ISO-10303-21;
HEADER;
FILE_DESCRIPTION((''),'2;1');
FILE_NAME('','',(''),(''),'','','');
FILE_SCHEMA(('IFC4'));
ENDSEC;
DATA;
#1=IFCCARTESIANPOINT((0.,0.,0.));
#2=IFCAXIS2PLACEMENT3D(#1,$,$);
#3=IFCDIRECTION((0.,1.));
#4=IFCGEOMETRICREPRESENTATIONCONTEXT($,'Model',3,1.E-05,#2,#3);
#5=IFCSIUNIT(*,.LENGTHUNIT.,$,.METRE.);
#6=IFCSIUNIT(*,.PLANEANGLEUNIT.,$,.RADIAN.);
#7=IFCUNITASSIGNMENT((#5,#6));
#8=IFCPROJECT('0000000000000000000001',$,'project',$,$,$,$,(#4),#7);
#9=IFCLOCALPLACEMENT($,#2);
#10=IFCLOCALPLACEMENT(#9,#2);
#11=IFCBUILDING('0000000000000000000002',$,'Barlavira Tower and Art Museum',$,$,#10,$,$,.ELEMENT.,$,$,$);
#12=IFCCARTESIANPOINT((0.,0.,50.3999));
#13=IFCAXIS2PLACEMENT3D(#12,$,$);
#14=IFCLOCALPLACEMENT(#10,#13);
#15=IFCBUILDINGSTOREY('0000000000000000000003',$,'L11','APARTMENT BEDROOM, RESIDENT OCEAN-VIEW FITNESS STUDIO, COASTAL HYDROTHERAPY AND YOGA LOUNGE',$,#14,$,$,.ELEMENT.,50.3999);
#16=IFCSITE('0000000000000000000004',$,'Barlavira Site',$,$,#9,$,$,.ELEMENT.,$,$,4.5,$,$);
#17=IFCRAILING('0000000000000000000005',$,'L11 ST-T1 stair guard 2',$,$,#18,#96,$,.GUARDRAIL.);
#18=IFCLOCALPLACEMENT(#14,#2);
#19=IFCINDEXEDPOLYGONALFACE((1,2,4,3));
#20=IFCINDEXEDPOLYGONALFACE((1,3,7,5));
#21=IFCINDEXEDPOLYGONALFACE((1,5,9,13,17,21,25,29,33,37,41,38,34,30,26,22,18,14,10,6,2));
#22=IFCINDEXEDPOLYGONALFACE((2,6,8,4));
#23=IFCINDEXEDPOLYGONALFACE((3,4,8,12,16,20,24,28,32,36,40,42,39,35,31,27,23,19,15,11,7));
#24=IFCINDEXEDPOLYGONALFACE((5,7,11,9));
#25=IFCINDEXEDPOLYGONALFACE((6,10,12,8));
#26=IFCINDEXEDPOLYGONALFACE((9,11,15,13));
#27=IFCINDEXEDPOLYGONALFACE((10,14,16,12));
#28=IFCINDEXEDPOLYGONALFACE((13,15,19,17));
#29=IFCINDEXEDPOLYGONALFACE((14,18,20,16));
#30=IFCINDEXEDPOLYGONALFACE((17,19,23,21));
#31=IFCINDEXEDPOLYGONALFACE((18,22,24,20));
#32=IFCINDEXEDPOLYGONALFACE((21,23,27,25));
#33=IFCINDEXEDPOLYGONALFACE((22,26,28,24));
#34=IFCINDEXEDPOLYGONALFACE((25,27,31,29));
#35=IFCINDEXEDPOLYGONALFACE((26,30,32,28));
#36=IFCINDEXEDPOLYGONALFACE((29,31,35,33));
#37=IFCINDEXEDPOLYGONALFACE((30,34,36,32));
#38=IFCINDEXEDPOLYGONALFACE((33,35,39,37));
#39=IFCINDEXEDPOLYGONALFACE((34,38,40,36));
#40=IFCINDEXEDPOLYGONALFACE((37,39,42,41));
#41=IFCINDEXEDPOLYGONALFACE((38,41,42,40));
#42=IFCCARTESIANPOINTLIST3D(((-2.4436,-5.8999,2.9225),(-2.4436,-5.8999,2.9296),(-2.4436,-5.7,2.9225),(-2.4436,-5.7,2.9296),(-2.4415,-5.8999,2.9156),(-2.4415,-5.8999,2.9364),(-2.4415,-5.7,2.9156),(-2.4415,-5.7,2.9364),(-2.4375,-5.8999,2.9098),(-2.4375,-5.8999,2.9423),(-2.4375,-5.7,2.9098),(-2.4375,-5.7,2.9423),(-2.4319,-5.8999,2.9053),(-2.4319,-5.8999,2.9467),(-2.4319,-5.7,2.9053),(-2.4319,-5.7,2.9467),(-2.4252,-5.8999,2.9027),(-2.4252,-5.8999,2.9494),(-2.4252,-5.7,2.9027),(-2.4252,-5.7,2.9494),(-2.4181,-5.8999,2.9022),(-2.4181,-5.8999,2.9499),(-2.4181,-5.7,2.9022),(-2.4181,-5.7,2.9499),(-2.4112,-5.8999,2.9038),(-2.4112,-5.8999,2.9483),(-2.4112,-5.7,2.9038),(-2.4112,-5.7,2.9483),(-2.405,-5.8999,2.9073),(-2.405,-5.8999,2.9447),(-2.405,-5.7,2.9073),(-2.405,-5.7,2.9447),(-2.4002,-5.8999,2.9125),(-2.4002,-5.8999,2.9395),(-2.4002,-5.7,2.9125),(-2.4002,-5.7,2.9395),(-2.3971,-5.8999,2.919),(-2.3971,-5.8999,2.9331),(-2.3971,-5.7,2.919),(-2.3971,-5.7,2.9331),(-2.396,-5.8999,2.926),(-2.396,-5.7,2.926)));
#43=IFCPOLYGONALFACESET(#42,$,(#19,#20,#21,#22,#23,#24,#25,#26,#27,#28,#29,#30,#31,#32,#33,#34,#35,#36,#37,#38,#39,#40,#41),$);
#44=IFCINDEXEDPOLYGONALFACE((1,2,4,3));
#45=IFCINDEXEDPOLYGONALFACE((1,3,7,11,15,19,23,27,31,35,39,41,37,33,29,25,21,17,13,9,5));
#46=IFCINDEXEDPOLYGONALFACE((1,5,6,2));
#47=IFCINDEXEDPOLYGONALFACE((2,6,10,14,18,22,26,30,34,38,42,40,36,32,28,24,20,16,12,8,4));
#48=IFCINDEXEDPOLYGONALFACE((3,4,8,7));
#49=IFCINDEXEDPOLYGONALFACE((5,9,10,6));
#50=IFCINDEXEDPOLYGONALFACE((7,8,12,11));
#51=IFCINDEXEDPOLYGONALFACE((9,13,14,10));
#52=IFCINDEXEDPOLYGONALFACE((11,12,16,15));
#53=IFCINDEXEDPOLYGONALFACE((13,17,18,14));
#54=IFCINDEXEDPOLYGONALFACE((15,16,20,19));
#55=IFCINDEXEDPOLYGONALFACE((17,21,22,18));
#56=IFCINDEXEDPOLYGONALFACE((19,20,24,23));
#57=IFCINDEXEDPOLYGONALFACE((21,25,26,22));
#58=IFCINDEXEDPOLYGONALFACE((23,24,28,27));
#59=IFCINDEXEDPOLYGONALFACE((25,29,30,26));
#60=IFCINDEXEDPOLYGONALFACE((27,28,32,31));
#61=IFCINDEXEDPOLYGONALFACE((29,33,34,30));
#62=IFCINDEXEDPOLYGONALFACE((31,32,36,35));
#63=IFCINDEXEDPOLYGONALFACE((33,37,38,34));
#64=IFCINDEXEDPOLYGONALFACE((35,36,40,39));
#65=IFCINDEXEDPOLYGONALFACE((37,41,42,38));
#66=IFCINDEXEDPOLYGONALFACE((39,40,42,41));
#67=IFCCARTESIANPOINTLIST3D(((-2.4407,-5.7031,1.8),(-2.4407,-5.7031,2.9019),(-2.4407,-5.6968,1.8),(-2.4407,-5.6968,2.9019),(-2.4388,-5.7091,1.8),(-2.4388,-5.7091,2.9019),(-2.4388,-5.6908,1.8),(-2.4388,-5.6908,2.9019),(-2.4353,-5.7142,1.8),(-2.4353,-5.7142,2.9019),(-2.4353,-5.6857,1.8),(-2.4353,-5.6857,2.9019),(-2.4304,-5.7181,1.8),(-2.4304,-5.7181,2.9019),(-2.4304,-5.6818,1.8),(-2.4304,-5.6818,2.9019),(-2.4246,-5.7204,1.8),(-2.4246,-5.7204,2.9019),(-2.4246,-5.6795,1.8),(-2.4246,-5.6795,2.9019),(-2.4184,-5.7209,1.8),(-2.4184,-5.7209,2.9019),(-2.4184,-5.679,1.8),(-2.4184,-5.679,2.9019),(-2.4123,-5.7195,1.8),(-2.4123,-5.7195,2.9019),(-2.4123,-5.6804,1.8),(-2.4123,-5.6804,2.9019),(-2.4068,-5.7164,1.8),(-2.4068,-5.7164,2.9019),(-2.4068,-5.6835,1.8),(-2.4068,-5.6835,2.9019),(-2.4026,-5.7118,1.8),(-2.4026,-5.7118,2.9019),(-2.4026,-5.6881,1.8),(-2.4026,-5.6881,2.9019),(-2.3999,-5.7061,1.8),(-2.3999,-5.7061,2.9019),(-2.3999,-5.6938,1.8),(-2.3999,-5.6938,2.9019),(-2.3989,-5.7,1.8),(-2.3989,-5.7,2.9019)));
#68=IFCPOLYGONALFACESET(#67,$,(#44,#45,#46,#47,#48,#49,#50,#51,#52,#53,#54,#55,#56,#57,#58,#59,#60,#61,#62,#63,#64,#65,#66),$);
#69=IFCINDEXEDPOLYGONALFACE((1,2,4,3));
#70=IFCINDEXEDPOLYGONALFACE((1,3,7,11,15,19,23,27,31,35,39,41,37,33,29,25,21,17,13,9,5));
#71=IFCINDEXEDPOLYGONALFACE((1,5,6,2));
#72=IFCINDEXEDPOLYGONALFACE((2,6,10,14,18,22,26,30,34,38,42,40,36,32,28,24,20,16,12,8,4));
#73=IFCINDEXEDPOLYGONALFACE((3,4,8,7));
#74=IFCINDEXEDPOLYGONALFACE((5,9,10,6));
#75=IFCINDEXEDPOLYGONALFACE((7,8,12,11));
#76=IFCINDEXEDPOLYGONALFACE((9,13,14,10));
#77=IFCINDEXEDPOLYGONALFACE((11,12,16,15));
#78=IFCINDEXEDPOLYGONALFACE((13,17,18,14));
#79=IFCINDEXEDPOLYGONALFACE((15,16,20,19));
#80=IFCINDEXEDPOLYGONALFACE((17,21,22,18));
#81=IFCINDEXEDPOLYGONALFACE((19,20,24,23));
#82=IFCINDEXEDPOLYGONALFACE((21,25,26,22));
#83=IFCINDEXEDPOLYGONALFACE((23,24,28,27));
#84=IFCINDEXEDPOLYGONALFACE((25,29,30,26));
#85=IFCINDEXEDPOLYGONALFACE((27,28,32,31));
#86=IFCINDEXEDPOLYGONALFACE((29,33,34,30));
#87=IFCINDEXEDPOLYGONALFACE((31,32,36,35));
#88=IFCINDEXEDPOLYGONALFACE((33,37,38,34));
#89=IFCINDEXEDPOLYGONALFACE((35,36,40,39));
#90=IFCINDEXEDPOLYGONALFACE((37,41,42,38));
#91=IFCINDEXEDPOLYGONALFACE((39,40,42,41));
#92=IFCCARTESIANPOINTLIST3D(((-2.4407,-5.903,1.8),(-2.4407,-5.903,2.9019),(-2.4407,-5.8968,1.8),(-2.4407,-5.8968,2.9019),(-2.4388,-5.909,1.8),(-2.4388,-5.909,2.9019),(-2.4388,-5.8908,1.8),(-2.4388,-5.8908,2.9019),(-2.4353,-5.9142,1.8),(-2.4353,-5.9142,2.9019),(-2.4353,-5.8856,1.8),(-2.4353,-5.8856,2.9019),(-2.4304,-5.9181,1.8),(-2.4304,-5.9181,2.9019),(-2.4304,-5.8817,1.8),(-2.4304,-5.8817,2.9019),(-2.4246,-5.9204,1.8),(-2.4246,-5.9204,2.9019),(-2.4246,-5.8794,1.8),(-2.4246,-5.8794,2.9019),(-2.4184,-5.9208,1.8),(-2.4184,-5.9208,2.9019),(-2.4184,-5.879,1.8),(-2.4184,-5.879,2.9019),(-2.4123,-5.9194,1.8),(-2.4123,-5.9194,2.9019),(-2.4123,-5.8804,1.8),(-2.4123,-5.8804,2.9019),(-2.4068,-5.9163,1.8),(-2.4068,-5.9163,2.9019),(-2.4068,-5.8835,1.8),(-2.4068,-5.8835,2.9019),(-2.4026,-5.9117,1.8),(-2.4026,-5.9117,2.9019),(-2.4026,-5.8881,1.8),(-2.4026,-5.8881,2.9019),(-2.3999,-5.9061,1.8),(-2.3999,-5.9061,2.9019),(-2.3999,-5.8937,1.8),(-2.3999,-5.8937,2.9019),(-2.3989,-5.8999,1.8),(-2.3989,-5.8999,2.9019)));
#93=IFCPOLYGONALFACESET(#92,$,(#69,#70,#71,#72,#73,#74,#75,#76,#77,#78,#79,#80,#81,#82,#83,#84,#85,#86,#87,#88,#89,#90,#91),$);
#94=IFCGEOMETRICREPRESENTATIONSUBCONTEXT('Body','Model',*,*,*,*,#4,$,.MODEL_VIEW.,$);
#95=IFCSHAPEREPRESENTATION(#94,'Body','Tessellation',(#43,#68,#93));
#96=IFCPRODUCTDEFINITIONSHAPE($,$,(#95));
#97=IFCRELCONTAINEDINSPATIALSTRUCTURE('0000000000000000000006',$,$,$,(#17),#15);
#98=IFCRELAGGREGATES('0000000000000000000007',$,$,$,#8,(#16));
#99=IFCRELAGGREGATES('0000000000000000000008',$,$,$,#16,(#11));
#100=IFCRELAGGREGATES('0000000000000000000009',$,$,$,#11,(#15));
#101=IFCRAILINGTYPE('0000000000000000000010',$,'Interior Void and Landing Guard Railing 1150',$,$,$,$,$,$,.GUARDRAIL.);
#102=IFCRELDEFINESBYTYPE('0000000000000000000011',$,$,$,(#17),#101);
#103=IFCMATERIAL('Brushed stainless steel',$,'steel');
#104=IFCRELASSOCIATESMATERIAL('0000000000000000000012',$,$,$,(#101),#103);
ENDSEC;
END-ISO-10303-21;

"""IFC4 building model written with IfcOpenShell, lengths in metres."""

from ifc_helpers import new_model, si_unit, direction, frame, origin, origin_2d, place, context, subcontext, project, spatial, circle, extrude, material, type_object, element, save


model = new_model("IFC4")

# Units and contexts
model_context = context("Model", 3, precision=1e-05, world=origin(), true_north=direction((0.0, 1.0)))
body_context = subcontext(model_context, "Body", "Model", "MODEL_VIEW")
ifc_project = project(units=[si_unit("LENGTHUNIT", "METRE"), si_unit("PLANEANGLEUNIT", "RADIAN")], contexts=[model_context])

# Site, building, storey
site_placement = place(None, origin())
site = spatial("IfcSite", under=ifc_project, at=site_placement, Name="Barlavira Site", CompositionType="ELEMENT", RefElevation=4.5)
building_placement = place(site_placement, origin())
building = spatial("IfcBuilding", under=site, at=building_placement, Name="Barlavira Tower and Art Museum", CompositionType="ELEMENT")
storey_placement = place(building_placement, frame((0.0, 0.0, 50.3999)))
storey = spatial("IfcBuildingStorey", under=building, at=storey_placement, Name="L11", Description="APARTMENT BEDROOM, RESIDENT OCEAN-VIEW FITNESS STUDIO, COASTAL HYDROTHERAPY AND YOGA LOUNGE", CompositionType="ELEMENT", Elevation=50.3999)

# Shared definitions
ifc_material_1 = material(Name="Brushed stainless steel", Category="steel")

# Railing
railing_type_1 = type_object("IfcRailingType", Name="Interior Void and Landing Guard Railing 1150", PredefinedType="GUARDRAIL", material=ifc_material_1)
railing_1_placement = place(storey_placement, frame((-2.4199, -5.7, 1.8)))
element("IfcRailing", 1, at=railing_1_placement, inside=storey, type_object=railing_type_1, Name="L11 ST-T1 stair guard 2", PredefinedType="GUARDRAIL", context=body_context, shape_type="SweptSolid", body=[
    extrude(circle(Radius=0.0239, at=origin_2d()), frame((0.0, 0.0, 1.126), z_axis=(0.0, -1.0, 0.0), x_axis=(1.0, 0.0, 0.0)), (0.0, 0.0, 1.0), 0.2),
    extrude(circle(Radius=0.021, at=origin_2d()), origin(), (0.0, 0.0, 1.0), 1.1018),
    extrude(circle(Radius=0.021, at=origin_2d()), frame((0.0, -0.2, 0.0)), (0.0, 0.0, 1.0), 1.1018),
])

save(model, "model.ifc")
